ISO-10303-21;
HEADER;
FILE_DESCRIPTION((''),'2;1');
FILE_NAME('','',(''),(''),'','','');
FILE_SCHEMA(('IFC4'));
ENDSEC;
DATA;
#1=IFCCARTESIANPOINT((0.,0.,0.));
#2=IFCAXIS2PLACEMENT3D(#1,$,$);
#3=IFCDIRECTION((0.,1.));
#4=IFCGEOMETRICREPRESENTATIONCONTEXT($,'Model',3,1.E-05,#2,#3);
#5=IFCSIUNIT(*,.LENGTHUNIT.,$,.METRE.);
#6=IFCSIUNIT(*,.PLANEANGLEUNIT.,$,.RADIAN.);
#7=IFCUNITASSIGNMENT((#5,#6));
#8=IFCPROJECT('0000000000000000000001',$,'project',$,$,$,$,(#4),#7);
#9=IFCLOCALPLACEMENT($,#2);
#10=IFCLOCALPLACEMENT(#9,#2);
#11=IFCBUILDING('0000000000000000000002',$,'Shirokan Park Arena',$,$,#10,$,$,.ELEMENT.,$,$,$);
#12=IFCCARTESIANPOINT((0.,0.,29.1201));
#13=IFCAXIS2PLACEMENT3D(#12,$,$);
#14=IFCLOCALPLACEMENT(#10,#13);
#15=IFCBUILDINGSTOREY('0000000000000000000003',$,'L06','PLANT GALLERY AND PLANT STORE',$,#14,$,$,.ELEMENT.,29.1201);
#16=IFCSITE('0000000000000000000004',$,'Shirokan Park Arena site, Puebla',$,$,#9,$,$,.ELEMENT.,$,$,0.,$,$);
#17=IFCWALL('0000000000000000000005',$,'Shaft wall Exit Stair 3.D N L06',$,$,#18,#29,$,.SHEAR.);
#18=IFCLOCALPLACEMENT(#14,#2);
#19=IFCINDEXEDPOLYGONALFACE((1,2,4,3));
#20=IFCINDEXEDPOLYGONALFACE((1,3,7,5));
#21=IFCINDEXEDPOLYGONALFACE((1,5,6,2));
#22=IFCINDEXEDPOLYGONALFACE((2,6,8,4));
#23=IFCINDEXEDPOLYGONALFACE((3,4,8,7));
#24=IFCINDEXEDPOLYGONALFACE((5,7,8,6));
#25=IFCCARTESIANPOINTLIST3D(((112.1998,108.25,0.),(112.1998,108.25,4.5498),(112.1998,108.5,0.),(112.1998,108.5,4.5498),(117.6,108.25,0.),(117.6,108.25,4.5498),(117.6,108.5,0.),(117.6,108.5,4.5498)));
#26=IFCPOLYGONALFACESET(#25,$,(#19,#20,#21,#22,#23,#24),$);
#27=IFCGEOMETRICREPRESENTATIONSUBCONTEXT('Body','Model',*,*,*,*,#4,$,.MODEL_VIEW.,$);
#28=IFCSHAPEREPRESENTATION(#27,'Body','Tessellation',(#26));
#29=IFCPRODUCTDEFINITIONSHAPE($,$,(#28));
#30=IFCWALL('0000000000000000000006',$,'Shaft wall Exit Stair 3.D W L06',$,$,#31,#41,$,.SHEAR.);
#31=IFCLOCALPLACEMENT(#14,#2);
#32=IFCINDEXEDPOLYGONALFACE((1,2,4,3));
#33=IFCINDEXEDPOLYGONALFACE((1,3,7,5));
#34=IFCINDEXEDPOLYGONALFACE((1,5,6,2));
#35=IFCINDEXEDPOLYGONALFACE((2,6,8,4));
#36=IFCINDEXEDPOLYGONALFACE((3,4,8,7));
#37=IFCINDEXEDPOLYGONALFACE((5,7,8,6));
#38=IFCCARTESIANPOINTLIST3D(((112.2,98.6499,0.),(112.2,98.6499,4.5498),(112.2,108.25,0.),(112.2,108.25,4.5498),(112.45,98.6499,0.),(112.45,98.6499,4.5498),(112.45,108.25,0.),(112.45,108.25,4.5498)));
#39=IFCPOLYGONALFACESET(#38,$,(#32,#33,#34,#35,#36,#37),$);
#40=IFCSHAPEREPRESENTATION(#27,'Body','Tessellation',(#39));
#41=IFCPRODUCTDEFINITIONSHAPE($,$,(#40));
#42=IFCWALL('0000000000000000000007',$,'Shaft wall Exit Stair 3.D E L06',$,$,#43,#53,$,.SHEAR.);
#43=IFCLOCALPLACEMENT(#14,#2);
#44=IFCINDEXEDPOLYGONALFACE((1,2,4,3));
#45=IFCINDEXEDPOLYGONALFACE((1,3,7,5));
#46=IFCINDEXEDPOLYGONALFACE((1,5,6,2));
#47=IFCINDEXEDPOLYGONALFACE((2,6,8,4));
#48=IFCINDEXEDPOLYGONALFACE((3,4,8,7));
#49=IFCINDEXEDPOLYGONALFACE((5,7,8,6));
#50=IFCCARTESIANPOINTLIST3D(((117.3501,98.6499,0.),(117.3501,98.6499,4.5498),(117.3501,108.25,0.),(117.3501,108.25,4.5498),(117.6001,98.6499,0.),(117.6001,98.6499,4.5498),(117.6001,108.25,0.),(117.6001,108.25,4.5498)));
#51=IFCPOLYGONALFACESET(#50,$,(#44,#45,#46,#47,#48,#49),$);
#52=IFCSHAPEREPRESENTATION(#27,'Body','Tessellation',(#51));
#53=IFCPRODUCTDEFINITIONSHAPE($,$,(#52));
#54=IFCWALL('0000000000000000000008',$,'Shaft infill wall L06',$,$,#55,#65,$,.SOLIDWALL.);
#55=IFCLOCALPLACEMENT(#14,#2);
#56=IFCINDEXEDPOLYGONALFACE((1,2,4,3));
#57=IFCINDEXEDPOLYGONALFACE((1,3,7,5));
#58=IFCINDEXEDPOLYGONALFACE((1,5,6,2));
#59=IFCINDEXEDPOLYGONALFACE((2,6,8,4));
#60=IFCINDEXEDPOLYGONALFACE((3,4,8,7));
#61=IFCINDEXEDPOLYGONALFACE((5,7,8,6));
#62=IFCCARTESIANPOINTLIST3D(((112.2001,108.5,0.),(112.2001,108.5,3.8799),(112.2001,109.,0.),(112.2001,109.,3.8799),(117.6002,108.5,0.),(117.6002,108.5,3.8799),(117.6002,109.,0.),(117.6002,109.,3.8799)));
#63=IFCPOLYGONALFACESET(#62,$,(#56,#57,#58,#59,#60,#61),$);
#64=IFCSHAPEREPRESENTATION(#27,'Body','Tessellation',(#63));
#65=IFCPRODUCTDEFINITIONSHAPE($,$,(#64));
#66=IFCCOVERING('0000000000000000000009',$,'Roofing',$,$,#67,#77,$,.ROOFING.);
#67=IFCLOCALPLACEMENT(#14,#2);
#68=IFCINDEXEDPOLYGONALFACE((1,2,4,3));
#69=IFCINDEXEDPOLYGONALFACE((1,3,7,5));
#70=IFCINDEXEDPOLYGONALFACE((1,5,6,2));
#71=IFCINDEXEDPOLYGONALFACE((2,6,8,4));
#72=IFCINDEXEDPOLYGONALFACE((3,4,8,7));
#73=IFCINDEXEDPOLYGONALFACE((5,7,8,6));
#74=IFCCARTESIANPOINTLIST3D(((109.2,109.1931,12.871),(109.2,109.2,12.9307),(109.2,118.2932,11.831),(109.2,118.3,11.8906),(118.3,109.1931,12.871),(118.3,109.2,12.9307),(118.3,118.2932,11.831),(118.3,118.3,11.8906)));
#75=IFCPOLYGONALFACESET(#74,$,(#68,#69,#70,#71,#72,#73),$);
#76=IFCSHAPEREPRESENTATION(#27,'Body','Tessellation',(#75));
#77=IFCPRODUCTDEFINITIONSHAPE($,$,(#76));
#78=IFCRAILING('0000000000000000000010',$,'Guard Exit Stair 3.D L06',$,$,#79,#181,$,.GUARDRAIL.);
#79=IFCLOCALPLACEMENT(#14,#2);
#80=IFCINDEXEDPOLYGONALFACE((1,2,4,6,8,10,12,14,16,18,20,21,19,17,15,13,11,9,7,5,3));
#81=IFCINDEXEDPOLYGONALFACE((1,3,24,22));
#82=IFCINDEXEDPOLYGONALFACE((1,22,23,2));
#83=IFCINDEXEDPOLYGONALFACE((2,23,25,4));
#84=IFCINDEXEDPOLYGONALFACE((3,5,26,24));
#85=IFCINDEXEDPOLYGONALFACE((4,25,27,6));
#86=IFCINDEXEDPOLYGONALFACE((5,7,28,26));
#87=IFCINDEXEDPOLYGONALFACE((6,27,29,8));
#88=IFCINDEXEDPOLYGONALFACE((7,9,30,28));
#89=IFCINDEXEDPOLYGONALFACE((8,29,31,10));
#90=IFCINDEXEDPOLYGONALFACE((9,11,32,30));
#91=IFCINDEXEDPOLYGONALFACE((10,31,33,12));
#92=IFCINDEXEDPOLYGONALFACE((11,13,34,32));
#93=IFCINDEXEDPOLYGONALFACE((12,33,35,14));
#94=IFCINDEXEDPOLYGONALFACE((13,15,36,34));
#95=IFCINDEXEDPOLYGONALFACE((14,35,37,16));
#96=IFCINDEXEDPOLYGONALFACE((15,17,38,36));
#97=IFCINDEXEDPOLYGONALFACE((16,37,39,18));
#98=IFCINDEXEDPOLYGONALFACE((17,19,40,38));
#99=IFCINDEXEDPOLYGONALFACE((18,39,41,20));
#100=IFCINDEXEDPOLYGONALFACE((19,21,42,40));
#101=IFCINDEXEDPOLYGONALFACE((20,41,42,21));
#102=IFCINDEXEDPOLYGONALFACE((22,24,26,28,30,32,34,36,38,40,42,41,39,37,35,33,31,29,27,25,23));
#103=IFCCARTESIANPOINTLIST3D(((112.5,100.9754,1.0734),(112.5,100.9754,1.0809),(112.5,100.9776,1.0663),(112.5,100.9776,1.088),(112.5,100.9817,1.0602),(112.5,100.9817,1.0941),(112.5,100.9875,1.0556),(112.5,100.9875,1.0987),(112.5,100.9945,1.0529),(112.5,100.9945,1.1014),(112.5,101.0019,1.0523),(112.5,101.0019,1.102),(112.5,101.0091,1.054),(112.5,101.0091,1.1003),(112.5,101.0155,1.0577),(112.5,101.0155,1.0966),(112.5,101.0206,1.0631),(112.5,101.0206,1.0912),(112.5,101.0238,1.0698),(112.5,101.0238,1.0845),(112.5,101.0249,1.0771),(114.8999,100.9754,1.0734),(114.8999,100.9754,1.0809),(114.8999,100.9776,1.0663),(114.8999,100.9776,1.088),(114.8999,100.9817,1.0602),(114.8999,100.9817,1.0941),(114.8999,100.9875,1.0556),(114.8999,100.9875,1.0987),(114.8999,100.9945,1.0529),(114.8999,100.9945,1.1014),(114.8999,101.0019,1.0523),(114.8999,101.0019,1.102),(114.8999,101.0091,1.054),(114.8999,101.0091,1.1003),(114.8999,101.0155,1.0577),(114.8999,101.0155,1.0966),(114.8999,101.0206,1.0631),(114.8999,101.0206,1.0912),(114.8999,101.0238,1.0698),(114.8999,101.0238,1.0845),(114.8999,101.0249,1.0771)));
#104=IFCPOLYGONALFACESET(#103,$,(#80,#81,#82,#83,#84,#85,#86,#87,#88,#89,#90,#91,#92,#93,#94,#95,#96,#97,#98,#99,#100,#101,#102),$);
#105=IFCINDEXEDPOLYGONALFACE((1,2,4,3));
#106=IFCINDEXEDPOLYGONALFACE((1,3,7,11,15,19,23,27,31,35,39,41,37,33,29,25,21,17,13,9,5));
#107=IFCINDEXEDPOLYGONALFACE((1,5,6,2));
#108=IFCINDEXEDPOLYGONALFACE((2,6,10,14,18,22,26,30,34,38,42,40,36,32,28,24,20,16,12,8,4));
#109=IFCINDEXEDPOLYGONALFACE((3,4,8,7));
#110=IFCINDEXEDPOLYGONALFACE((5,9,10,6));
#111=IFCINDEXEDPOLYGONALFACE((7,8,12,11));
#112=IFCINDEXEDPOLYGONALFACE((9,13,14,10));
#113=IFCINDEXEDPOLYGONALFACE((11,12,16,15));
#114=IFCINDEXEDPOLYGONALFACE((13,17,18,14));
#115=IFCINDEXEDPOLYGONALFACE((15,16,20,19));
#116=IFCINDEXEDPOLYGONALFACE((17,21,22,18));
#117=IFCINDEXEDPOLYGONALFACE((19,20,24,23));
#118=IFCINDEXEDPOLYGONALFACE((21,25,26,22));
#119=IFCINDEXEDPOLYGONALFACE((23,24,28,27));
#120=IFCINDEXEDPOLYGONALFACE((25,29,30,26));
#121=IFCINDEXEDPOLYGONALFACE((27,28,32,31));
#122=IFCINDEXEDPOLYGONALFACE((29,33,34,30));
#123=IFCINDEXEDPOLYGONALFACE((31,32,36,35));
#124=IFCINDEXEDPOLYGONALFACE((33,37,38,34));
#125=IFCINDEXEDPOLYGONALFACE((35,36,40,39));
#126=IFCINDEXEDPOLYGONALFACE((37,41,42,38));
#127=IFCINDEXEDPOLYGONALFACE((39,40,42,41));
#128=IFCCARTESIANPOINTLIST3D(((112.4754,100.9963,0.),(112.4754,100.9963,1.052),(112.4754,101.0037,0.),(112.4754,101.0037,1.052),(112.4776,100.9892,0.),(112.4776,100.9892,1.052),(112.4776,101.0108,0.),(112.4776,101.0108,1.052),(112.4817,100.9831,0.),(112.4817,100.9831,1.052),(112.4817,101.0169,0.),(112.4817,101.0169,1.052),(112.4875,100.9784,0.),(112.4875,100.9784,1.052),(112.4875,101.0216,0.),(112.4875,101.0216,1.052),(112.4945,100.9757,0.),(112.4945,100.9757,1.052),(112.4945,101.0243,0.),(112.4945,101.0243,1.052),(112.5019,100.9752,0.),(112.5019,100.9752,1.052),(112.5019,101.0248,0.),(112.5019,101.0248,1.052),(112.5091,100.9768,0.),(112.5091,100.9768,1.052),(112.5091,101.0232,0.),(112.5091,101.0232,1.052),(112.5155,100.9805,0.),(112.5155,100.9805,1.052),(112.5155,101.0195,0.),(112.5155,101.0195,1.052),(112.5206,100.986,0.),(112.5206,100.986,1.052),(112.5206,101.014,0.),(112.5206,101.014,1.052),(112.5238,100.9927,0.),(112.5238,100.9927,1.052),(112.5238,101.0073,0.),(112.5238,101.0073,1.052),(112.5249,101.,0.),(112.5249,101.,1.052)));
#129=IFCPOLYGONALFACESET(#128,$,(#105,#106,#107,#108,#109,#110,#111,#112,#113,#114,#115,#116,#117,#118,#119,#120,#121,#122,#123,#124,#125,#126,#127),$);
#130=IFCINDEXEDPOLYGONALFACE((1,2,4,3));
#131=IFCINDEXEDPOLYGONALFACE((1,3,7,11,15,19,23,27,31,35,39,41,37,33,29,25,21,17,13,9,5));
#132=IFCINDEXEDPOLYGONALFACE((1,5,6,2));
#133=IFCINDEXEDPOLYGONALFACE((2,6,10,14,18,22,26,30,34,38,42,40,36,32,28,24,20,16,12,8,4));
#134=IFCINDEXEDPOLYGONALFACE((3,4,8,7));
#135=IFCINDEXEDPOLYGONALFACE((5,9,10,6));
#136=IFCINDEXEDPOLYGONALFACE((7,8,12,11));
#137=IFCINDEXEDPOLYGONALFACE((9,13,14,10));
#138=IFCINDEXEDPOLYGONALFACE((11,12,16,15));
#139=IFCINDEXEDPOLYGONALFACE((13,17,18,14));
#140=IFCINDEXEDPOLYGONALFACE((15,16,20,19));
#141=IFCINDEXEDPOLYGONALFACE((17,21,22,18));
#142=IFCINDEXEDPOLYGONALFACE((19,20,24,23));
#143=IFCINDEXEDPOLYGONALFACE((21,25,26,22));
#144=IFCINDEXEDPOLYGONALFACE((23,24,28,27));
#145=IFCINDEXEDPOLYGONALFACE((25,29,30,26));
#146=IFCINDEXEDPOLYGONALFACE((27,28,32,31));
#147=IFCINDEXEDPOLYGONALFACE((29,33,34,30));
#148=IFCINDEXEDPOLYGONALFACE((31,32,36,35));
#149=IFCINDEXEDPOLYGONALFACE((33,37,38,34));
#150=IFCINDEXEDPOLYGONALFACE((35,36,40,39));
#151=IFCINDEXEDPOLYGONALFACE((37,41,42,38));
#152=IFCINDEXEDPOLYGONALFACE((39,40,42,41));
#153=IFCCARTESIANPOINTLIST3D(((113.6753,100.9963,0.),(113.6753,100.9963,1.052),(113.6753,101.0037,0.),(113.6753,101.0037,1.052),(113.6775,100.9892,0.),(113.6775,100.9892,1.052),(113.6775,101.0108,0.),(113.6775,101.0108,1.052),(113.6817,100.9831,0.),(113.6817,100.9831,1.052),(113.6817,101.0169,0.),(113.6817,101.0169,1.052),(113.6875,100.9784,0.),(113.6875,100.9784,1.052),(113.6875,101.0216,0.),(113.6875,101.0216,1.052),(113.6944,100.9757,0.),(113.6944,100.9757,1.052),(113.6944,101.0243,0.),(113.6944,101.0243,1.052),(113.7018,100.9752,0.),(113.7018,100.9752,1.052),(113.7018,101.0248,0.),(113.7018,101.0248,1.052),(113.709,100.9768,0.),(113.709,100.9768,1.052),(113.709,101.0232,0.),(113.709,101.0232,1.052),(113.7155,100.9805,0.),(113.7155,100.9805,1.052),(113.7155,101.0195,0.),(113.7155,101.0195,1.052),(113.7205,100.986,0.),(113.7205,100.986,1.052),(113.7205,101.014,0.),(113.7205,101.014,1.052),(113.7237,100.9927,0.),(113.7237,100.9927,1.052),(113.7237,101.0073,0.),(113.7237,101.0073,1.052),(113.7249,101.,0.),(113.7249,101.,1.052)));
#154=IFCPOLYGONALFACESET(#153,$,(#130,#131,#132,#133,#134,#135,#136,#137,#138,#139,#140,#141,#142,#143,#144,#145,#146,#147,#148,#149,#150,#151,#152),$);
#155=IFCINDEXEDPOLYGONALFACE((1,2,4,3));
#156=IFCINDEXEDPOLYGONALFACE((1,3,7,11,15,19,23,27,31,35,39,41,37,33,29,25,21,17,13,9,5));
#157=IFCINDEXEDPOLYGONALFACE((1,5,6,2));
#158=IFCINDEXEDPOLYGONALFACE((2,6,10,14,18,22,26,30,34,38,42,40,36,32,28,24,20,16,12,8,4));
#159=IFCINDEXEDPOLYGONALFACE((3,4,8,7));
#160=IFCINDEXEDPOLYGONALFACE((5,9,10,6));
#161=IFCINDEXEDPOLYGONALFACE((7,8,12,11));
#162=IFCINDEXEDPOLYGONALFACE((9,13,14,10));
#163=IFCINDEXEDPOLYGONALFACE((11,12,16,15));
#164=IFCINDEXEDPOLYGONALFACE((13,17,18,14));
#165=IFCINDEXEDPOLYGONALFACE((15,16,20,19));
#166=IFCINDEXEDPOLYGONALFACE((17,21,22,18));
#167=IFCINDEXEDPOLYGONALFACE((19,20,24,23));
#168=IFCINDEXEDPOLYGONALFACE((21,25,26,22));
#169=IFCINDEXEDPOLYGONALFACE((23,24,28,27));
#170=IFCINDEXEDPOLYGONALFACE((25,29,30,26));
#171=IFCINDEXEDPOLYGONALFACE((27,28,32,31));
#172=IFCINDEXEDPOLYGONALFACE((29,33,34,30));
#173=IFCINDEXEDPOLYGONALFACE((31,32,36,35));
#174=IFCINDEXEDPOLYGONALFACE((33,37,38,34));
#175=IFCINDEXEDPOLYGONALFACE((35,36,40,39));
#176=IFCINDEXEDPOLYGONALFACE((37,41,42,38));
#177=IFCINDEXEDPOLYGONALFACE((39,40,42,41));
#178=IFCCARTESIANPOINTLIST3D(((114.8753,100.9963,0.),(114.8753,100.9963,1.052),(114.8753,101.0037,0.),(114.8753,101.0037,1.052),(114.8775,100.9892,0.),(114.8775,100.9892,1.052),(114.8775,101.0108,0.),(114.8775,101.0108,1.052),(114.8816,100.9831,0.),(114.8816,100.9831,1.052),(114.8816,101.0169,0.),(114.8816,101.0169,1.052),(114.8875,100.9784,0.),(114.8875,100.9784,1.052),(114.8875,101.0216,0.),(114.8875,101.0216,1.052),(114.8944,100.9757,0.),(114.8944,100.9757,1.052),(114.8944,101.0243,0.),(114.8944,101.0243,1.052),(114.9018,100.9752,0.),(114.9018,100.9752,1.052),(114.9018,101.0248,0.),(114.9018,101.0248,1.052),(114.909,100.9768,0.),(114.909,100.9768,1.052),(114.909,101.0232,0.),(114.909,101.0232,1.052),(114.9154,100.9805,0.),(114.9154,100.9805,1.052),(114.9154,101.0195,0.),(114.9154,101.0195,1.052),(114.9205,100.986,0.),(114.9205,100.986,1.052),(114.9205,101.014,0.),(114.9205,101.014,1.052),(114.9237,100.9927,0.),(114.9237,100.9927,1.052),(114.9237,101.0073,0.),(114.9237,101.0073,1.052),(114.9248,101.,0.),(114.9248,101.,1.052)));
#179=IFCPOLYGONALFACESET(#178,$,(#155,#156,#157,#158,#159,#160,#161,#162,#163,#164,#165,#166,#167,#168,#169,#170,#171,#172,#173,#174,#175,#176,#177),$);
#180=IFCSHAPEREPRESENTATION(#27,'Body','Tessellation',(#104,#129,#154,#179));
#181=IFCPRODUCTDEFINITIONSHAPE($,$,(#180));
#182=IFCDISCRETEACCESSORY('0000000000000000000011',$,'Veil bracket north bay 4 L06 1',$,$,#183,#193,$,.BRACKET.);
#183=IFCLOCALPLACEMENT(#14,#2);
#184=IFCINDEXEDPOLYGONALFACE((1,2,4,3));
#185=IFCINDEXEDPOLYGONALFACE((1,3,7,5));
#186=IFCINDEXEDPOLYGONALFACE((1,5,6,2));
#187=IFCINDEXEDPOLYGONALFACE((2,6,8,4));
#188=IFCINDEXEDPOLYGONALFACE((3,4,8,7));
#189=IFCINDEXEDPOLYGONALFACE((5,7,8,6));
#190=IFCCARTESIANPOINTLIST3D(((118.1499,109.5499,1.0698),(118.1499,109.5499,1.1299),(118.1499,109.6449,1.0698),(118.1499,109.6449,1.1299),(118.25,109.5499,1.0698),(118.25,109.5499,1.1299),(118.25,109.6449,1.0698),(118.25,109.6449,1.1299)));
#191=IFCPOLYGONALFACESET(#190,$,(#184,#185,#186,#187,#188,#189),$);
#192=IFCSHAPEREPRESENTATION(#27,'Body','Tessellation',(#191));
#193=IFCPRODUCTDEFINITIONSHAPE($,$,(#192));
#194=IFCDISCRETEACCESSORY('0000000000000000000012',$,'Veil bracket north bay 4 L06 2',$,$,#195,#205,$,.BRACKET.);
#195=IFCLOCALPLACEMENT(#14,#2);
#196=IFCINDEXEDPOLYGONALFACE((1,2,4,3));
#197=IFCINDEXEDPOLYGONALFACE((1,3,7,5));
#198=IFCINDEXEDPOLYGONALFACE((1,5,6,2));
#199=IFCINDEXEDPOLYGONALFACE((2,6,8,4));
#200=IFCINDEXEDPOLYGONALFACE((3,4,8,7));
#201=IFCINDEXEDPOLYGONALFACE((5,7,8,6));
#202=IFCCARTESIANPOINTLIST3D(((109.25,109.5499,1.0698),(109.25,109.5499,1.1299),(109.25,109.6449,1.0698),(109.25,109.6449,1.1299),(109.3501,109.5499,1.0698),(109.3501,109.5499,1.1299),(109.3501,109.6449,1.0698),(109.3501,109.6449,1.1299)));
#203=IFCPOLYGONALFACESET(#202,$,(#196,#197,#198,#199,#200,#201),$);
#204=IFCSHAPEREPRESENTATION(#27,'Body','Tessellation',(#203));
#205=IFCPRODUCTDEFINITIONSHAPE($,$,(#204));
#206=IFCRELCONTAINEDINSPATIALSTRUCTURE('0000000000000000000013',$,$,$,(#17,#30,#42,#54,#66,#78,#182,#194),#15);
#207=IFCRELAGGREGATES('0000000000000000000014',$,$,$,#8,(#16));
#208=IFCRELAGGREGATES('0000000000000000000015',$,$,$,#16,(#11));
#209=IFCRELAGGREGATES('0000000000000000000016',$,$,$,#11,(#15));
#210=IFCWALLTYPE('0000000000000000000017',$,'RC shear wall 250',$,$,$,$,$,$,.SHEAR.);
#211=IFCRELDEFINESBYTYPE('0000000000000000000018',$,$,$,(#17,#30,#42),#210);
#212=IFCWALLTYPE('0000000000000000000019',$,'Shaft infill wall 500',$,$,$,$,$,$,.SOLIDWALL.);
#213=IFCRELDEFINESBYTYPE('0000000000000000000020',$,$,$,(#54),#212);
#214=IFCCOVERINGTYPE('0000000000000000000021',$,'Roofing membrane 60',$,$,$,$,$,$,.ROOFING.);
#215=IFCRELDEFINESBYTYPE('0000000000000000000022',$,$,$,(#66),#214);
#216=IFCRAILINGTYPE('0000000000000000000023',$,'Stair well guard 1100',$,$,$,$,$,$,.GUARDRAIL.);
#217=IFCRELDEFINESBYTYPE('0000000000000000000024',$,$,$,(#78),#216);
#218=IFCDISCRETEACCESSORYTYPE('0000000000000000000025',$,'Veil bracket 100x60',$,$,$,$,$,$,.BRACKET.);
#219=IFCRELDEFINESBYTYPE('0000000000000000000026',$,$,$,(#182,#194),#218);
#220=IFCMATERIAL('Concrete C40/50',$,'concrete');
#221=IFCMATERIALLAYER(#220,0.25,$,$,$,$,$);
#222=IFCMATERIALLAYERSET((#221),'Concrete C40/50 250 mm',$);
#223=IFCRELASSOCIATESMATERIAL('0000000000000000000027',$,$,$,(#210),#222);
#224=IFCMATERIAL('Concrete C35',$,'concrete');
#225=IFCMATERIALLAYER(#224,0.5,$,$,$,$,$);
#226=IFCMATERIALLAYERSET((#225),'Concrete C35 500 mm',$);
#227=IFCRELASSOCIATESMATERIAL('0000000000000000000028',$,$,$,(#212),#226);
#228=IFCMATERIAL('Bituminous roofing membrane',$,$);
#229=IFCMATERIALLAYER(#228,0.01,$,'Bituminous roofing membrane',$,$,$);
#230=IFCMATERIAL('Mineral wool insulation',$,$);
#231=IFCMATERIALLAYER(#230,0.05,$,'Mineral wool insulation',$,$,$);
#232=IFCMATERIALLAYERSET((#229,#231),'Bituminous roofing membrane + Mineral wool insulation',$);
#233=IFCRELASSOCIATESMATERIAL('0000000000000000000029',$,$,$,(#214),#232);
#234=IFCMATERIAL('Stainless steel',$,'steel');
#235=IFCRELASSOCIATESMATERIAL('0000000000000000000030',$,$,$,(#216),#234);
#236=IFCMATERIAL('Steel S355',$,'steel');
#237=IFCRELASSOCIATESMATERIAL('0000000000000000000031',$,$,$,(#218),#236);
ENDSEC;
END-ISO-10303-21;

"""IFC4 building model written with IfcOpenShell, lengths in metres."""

from ifc_helpers import new_model, si_unit, direction, frame, frame_2d, origin, origin_2d, place, context, subcontext, project, spatial, polyline, rectangle, circle, outline, extrude, material, layer, layer_set, type_object, element, save


model = new_model("IFC4")

# Units and contexts
model_context = context("Model", 3, precision=1e-05, world=origin(), true_north=direction((0.0, 1.0)))
body_context = subcontext(model_context, "Body", "Model", "MODEL_VIEW")
ifc_project = project(units=[si_unit("LENGTHUNIT", "METRE"), si_unit("PLANEANGLEUNIT", "RADIAN")], contexts=[model_context])

# Site, building, storey
site_placement = place(None, origin())
site = spatial("IfcSite", under=ifc_project, at=site_placement, Name="Shirokan Park Arena site, Puebla", CompositionType="ELEMENT", RefElevation=0.0)
building_placement = place(site_placement, origin())
building = spatial("IfcBuilding", under=site, at=building_placement, Name="Shirokan Park Arena", CompositionType="ELEMENT")
storey_placement = place(building_placement, frame((0.0, 0.0, 29.1201)))
storey = spatial("IfcBuildingStorey", under=building, at=storey_placement, Name="L06", Description="PLANT GALLERY AND PLANT STORE", CompositionType="ELEMENT", Elevation=29.1201)

# Shared definitions
ifc_material_1 = material(Name="Concrete C35", Category="concrete")

# Walls
ifc_material_2 = material(Name="Mineral wool insulation")
ifc_material_3 = material(Name="Concrete C40/50", Category="concrete")
ifc_layer_1 = layer(ifc_material_3, 0.25)
ifc_layer_set_1 = layer_set([ifc_layer_1], Name="Concrete C40/50 250 mm")
wall_type_1 = type_object("IfcWallType", Name="RC shear wall 250", PredefinedType="SHEAR", material=ifc_layer_set_1)
wall_1_placement = place(storey_placement, frame((117.6001, 108.375, 0.0), z_axis=(0.0, 0.0, 1.0), x_axis=(-1.0, 0.0, 0.0)))
element("IfcWall", 1, at=wall_1_placement, inside=storey, type_object=wall_type_1, Name="Shaft wall Exit Stair 3.D N L06", PredefinedType="SHEAR", context=body_context, shape_type="SweptSolid", body=[
    extrude(rectangle(XDim=5.4001, YDim=0.25, at=frame_2d((2.7002, 0.0))), origin(), (0.0, 0.0, 1.0), 4.5498),
])
for number, where, z_axis, x_axis, name in (
    (2, (112.325, 108.25, 0.0), (0.0, 0.0, 1.0), (0.0, -1.0, 0.0), "Shaft wall Exit Stair 3.D W L06"),
    (3, (117.4751, 108.25, 0.0), (0.0, 0.0, 1.0), (0.0, -1.0, 0.0), "Shaft wall Exit Stair 3.D E L06"),
):
    element("IfcWall", number, at=place(storey_placement, frame(where, z_axis=z_axis, x_axis=x_axis)), inside=storey, type_object=wall_type_1, Name=name, PredefinedType="SHEAR", context=body_context, shape_type="SweptSolid", body=[
        extrude(rectangle(XDim=9.6001, YDim=0.25, at=frame_2d((4.8, 0.0))), origin(), (0.0, 0.0, 1.0), 4.5498),
    ])
ifc_layer_2 = layer(ifc_material_1, 0.5)
ifc_layer_set_2 = layer_set([ifc_layer_2], Name="Concrete C35 500 mm")
wall_type_2 = type_object("IfcWallType", Name="Shaft infill wall 500", PredefinedType="SOLIDWALL", material=ifc_layer_set_2)
wall_2_placement = place(storey_placement, frame((112.2, 108.75, 0.0), z_axis=(0.0, 0.0, 1.0), x_axis=(1.0, 0.0, 0.0)))
element("IfcWall", 4, at=wall_2_placement, inside=storey, type_object=wall_type_2, Name="Shaft infill wall L06", PredefinedType="SOLIDWALL", context=body_context, shape_type="SweptSolid", body=[
    extrude(rectangle(XDim=5.4001, YDim=0.5, at=frame_2d((2.7002, 0.0))), origin(), (0.0, 0.0, 1.0), 3.8799),
])

# Covering
ifc_material_4 = material(Name="Bituminous roofing membrane")
ifc_layer_3 = layer(ifc_material_4, 0.01, Name="Bituminous roofing membrane")
ifc_layer_4 = layer(ifc_material_2, 0.05, Name="Mineral wool insulation")
ifc_layer_set_3 = layer_set([ifc_layer_3, ifc_layer_4], Name="Bituminous roofing membrane + Mineral wool insulation")
covering_type = type_object("IfcCoveringType", Name="Roofing membrane 60", PredefinedType="ROOFING", material=ifc_layer_set_3)
covering_placement = place(storey_placement, frame((109.2, 109.2, 12.9307), z_axis=(0.0, 0.11355, 0.993532), x_axis=(1.0, 0.0, 0.0)))
element("IfcCovering", 5, at=covering_placement, inside=storey, type_object=covering_type, Name="Roofing", PredefinedType="ROOFING", context=body_context, shape_type="SweptSolid", body=[
    extrude(outline(polyline([(0.0, 0.0), (9.1001, 0.0), (9.1001, 9.1593), (0.0, 9.1593), (0.0, 0.0)])), origin(), (0.0, 0.0, -1.0), 0.0601),
])

# Railing
ifc_material_5 = material(Name="Stainless steel", Category="steel")
railing_type = type_object("IfcRailingType", Name="Stair well guard 1100", PredefinedType="GUARDRAIL", material=ifc_material_5)
railing_placement = place(storey_placement, frame((112.5, 101.0, 0.0)))
element("IfcRailing", 6, at=railing_placement, inside=storey, type_object=railing_type, Name="Guard Exit Stair 3.D L06", PredefinedType="GUARDRAIL", context=body_context, shape_type="SweptSolid", body=[
    extrude(circle(Radius=0.0249, at=origin_2d()), frame((0.0, 0.0, 1.0771), z_axis=(1.0, 0.0, 0.0), x_axis=(0.0, 1.0, 0.0)), (0.0, 0.0, 1.0), 2.3999),
    extrude(circle(Radius=0.0249, at=origin_2d()), origin(), (0.0, 0.0, 1.0), 1.052),
    extrude(circle(Radius=0.0249, at=origin_2d()), frame((1.2, 0.0, 0.0)), (0.0, 0.0, 1.0), 1.052),
    extrude(circle(Radius=0.0249, at=origin_2d()), frame((2.3999, 0.0, 0.0)), (0.0, 0.0, 1.0), 1.052),
])

# Discrete accessories
ifc_material_6 = material(Name="Steel S355", Category="steel")
discrete_accessory_type = type_object("IfcDiscreteAccessoryType", Name="Veil bracket 100x60", PredefinedType="BRACKET", material=ifc_material_6)
for number, where, z_axis, x_axis, name in (
    (7, (118.2, 109.5974, 1.0698), (0.0, 0.0, 1.0), (-1.0, 0.0, 0.0), "Veil bracket north bay 4 L06 1"),
    (8, (109.3, 109.5974, 1.0698), (0.0, 0.0, 1.0), (-1.0, 0.0, 0.0), "Veil bracket north bay 4 L06 2"),
):
    element("IfcDiscreteAccessory", number, at=place(storey_placement, frame(where, z_axis=z_axis, x_axis=x_axis)), inside=storey, type_object=discrete_accessory_type, Name=name, PredefinedType="BRACKET", context=body_context, shape_type="SweptSolid", body=[
        extrude(rectangle(XDim=0.1001, YDim=0.095, at=origin_2d()), origin(), (0.0, 0.0, 1.0), 0.0601),
    ])

save(model, "model.ifc")
